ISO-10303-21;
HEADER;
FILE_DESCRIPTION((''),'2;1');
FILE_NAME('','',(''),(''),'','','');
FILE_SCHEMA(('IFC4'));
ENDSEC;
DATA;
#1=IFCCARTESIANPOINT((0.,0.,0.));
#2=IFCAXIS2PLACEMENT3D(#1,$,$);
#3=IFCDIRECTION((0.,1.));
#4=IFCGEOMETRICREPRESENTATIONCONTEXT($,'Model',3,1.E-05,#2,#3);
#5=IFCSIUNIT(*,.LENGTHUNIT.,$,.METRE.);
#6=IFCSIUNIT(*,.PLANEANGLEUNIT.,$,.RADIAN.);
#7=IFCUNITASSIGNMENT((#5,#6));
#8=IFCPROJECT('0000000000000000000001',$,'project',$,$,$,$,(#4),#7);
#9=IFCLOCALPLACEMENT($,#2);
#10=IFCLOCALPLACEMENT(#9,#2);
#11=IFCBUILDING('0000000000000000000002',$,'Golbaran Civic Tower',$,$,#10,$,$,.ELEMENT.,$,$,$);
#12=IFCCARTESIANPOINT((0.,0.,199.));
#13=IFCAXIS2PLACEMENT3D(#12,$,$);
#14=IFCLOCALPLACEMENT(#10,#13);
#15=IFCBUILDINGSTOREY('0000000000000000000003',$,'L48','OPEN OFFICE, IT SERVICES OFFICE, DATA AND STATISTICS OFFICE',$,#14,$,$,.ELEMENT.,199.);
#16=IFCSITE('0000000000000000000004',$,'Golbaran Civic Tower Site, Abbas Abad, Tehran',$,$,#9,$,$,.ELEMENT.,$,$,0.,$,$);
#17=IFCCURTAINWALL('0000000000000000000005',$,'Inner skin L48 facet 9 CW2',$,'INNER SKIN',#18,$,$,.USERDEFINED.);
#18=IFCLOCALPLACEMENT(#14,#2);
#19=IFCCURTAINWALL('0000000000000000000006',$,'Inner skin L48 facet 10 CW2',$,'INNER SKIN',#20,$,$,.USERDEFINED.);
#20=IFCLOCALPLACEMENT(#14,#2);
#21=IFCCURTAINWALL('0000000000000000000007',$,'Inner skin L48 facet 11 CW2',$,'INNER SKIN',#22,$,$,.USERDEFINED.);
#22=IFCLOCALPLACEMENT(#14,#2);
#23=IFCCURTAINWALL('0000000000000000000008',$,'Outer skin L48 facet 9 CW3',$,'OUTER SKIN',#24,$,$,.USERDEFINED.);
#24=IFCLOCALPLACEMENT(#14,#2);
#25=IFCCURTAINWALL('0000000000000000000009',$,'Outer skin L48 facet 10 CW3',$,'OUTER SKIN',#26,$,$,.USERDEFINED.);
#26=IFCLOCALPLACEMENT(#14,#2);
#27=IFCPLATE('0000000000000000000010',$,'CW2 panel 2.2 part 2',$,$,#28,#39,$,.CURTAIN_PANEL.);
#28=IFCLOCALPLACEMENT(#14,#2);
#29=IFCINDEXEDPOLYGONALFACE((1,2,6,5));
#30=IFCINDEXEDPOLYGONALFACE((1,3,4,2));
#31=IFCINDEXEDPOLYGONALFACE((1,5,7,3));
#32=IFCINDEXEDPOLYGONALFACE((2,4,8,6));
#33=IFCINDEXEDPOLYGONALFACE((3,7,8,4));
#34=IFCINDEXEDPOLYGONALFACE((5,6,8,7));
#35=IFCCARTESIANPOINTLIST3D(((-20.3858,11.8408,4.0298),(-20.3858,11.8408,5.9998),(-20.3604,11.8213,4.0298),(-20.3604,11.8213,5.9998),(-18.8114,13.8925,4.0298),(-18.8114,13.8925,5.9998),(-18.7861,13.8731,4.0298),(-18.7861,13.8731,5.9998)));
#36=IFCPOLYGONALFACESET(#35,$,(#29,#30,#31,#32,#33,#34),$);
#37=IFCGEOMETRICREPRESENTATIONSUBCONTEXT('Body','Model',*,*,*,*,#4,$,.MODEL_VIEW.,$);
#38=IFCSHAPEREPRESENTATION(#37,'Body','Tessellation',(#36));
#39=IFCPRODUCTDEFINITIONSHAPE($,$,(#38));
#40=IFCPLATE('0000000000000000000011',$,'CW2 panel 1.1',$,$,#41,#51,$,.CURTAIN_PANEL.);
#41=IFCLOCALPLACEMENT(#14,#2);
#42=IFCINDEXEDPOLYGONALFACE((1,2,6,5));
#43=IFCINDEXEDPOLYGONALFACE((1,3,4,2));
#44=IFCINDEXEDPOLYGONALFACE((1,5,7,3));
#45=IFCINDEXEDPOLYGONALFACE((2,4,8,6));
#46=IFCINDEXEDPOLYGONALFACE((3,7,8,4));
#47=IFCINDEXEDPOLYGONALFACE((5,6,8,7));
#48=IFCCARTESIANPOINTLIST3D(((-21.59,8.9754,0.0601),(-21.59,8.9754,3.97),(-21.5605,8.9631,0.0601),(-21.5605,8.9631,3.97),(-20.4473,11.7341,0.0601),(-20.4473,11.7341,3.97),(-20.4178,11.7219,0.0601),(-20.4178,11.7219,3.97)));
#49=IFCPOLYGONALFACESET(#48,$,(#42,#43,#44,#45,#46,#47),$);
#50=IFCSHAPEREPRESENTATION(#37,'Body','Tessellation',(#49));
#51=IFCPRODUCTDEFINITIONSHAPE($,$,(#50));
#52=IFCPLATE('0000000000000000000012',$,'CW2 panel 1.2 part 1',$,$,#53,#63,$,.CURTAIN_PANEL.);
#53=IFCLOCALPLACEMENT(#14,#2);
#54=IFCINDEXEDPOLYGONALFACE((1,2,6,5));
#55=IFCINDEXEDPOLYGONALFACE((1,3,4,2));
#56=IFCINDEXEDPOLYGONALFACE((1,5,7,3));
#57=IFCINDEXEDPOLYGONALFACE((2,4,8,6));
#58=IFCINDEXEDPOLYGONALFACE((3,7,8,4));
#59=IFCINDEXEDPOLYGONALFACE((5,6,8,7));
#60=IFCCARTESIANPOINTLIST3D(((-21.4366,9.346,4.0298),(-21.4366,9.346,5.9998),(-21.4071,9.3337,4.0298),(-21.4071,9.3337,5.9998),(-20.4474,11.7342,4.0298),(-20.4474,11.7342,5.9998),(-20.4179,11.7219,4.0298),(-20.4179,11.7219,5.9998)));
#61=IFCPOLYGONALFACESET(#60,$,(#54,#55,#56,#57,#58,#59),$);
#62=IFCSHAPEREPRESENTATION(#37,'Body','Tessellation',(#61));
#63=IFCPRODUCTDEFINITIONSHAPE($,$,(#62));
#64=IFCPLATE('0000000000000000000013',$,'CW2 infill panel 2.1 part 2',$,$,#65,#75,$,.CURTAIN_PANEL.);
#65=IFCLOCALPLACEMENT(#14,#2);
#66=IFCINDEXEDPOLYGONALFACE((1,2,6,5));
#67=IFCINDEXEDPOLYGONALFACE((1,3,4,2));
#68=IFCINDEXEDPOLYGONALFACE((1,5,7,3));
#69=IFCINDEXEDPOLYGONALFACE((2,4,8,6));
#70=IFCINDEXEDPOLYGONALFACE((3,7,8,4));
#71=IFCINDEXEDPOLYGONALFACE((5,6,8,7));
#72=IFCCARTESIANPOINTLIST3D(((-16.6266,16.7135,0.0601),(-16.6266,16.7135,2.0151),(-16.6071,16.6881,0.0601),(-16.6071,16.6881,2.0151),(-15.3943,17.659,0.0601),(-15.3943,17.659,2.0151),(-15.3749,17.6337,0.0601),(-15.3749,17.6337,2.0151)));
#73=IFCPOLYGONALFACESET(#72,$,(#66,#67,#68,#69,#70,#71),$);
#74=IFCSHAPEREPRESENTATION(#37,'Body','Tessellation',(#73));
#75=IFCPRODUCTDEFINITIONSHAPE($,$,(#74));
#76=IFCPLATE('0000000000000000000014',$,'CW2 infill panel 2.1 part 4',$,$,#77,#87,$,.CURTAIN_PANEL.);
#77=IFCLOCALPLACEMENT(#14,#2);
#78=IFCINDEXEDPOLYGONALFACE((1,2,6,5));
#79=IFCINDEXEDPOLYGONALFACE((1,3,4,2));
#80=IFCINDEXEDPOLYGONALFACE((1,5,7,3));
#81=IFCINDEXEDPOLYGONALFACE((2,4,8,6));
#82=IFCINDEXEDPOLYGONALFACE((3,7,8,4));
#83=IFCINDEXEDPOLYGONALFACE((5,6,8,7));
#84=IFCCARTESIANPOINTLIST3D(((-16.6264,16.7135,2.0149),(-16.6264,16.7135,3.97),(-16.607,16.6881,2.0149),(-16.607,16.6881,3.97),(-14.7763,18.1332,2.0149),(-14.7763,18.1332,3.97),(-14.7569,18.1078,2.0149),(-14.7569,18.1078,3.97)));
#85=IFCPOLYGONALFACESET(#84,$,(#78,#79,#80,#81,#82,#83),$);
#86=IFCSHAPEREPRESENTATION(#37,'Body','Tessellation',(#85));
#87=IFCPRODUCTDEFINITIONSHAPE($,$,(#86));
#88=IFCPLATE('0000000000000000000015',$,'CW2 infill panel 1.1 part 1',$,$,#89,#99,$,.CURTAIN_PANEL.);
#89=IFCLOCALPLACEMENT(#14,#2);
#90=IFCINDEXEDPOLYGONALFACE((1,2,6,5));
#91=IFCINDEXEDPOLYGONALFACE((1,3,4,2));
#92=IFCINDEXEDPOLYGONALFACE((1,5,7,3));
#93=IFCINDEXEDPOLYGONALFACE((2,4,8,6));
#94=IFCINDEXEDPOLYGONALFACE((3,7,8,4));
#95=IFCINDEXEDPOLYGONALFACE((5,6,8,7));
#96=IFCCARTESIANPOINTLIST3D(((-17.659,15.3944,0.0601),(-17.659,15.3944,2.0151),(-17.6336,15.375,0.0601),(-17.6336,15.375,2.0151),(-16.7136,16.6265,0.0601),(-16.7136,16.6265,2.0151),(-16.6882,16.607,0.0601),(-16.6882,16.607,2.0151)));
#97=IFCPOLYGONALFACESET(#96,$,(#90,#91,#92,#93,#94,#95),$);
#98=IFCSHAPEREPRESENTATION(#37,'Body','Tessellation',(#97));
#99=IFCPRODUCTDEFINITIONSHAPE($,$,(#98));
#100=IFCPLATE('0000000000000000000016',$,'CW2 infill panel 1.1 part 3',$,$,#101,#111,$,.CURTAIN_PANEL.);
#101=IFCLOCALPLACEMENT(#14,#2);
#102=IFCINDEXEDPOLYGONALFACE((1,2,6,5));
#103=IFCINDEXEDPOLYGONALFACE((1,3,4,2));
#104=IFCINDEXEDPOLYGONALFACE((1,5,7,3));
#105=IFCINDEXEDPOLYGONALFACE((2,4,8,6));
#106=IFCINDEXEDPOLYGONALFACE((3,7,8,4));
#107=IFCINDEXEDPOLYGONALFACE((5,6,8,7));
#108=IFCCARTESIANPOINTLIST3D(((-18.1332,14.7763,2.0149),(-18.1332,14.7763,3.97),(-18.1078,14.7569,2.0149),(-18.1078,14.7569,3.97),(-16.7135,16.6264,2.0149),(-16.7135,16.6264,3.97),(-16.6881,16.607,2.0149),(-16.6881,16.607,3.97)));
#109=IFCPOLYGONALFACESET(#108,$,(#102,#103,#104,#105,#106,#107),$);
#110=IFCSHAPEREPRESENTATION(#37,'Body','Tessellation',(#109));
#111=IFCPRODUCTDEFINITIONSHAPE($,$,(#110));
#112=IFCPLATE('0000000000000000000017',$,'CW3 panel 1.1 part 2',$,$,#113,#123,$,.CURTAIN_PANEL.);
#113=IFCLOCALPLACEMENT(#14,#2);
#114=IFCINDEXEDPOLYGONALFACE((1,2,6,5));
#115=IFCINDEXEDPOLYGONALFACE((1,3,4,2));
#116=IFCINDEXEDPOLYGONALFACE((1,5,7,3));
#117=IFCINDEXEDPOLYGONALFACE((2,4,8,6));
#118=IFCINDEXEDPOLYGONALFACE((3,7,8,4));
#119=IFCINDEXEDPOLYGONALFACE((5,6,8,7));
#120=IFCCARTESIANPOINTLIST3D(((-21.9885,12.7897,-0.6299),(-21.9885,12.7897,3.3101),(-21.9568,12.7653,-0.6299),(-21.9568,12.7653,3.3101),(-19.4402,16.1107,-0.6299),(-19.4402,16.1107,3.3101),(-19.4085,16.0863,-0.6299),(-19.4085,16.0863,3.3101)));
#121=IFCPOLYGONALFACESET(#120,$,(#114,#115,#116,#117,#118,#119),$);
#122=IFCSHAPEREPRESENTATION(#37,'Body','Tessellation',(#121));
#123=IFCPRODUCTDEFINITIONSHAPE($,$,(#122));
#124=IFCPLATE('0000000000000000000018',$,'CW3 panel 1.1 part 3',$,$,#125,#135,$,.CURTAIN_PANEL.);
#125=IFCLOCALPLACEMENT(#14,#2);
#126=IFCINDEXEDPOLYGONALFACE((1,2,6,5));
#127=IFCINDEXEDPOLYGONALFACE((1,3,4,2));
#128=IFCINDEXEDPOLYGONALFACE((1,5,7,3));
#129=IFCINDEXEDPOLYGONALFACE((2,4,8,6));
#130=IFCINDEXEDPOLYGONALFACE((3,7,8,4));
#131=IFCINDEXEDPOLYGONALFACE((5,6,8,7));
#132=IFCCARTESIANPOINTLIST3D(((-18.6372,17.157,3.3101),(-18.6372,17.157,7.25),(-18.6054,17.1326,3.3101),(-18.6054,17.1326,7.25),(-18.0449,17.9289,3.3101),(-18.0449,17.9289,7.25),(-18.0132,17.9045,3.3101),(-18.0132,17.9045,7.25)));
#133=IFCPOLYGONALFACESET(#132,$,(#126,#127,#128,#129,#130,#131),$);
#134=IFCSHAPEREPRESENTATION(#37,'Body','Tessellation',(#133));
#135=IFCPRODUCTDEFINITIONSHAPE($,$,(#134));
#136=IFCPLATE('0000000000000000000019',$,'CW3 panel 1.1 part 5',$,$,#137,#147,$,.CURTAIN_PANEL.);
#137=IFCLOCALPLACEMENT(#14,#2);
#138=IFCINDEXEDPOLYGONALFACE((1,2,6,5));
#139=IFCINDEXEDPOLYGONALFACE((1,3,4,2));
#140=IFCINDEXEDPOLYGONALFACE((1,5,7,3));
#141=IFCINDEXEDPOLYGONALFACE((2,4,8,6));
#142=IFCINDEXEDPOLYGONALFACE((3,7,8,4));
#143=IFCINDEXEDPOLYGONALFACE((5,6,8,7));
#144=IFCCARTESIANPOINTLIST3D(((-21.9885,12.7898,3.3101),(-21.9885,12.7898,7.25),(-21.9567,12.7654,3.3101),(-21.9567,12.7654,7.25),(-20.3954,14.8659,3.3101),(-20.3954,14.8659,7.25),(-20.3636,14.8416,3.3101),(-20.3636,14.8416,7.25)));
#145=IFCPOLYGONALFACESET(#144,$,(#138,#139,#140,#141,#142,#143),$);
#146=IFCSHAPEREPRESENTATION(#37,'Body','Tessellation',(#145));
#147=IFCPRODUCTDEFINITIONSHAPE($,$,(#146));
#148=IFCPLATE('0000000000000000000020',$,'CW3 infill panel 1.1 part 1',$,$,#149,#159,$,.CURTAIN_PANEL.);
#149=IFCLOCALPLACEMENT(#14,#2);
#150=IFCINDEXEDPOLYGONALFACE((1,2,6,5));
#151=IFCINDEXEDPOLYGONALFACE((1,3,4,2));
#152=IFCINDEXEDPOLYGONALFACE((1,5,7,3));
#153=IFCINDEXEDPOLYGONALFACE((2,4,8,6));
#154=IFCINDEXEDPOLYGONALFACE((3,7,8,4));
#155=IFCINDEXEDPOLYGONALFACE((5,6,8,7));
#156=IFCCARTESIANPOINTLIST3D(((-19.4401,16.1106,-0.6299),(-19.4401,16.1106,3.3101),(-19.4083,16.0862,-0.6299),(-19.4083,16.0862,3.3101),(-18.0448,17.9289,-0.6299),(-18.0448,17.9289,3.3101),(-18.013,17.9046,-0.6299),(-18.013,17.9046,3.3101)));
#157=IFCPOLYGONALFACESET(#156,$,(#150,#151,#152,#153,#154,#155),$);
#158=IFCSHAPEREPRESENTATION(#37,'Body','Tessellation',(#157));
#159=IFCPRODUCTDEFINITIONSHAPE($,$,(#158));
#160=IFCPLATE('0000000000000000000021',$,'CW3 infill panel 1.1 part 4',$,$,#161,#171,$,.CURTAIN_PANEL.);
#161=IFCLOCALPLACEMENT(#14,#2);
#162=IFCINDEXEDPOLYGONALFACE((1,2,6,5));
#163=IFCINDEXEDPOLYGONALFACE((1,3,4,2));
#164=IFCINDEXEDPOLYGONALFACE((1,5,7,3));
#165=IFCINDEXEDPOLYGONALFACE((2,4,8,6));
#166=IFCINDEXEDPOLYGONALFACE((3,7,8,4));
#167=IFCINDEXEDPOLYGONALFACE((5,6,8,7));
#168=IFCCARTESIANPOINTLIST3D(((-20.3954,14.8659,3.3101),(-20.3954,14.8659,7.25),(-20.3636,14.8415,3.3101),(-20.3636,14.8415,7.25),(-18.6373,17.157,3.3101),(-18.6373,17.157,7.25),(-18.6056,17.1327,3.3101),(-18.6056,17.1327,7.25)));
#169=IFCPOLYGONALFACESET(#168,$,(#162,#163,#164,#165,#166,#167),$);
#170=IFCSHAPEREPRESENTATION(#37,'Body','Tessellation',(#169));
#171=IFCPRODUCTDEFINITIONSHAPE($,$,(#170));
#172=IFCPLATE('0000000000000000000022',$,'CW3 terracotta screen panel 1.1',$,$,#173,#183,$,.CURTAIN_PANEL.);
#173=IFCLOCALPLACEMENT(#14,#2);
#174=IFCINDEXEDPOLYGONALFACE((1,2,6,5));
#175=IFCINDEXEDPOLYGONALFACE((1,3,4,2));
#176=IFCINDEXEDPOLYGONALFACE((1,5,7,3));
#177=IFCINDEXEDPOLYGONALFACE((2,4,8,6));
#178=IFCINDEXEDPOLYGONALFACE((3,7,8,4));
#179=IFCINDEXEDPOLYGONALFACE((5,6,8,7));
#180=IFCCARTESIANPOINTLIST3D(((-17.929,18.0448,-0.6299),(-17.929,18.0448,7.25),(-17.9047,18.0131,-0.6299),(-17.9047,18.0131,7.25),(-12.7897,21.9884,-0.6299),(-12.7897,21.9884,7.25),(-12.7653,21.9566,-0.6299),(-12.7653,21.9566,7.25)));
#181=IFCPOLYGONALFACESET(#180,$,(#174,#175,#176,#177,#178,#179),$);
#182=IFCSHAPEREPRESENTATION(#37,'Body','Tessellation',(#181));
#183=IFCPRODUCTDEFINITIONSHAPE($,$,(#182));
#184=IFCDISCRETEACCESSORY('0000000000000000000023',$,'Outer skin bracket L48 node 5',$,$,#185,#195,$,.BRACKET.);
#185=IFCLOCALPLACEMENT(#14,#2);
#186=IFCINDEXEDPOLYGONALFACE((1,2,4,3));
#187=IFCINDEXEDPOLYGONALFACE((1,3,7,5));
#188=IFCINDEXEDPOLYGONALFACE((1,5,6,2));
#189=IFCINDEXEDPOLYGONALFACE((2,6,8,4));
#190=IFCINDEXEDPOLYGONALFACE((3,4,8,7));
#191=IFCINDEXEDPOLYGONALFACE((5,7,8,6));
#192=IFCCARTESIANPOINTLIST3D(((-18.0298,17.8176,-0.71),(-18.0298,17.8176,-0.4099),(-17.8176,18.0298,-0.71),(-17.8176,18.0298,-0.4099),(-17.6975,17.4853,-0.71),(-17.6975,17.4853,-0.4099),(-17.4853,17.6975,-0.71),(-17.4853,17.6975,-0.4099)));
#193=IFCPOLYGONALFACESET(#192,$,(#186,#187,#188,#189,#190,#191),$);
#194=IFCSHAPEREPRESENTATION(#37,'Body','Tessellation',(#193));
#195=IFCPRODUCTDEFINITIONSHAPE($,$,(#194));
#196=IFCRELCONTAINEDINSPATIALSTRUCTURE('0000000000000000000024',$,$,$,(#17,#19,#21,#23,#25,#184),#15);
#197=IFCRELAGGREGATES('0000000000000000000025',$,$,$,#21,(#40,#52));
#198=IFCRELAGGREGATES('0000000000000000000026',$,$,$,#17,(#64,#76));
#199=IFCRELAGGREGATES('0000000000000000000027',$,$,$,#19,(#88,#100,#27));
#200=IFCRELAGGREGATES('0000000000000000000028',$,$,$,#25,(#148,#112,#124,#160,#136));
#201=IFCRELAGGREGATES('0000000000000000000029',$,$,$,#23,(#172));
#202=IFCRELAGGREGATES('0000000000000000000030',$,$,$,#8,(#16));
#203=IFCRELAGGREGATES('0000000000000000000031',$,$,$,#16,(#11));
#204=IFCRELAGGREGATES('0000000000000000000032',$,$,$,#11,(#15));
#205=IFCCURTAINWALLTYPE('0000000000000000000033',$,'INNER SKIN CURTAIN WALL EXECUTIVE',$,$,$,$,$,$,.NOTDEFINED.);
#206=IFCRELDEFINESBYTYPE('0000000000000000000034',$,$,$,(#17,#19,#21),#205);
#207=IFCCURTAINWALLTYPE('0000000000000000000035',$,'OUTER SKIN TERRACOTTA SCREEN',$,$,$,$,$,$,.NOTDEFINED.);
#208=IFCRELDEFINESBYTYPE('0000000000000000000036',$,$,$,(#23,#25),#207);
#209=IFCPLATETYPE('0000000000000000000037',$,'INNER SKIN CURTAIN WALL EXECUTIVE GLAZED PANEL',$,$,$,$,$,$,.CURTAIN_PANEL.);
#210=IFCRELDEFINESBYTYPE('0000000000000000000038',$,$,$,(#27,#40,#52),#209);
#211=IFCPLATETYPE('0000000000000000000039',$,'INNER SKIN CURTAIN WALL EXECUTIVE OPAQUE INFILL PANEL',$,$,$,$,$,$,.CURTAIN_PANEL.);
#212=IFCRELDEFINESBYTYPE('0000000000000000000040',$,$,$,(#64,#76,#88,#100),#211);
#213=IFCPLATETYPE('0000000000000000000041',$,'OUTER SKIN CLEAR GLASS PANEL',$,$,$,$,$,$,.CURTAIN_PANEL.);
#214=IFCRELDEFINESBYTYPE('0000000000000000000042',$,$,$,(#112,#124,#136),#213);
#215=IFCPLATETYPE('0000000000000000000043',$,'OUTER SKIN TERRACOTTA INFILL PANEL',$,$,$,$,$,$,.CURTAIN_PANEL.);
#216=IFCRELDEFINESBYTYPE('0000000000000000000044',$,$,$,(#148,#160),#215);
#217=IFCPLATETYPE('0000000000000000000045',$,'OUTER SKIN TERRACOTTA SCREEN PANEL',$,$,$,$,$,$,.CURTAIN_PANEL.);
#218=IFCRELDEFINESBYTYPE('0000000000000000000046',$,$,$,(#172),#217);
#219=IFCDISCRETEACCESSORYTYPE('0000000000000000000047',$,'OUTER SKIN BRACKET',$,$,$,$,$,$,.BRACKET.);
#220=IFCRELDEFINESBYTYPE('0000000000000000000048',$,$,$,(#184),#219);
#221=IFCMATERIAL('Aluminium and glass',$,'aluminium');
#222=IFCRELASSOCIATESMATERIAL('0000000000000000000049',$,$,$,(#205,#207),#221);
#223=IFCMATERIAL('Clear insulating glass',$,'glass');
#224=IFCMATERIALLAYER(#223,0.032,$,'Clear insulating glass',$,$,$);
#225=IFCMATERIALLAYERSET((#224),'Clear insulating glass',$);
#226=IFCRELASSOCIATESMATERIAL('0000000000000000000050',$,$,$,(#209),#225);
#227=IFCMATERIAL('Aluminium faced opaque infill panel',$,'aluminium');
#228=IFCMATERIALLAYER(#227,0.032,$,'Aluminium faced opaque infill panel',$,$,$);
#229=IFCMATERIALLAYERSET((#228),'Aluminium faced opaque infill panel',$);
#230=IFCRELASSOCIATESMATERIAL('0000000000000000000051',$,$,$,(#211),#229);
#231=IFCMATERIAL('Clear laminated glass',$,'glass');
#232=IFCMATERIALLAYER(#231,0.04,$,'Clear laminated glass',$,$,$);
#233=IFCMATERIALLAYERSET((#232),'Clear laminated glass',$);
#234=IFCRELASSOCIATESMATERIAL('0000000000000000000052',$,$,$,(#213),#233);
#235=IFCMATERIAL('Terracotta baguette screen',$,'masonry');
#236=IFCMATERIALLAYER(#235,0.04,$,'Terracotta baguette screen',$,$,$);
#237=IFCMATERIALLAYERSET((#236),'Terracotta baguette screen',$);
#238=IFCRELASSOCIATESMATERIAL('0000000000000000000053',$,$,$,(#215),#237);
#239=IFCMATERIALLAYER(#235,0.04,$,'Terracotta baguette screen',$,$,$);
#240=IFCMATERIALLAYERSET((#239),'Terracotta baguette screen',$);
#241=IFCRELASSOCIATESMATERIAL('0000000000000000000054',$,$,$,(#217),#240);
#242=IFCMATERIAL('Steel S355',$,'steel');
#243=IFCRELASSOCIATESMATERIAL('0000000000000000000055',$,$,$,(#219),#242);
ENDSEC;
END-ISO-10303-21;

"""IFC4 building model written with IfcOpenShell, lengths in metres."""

from ifc_helpers import new_model, si_unit, direction, frame, origin, origin_2d, place, context, subcontext, project, spatial, rectangle, extrude, material, layer, layer_set, type_object, element, aggregate, save


model = new_model("IFC4")

# Units and contexts
model_context = context("Model", 3, precision=1e-05, world=origin(), true_north=direction((0.0, 1.0)))
body_context = subcontext(model_context, "Body", "Model", "MODEL_VIEW")
ifc_project = project(units=[si_unit("LENGTHUNIT", "METRE"), si_unit("PLANEANGLEUNIT", "RADIAN")], contexts=[model_context])

# Site, building, storey
site_placement = place(None, origin())
site = spatial("IfcSite", under=ifc_project, at=site_placement, Name="Golbaran Civic Tower Site, Abbas Abad, Tehran", CompositionType="ELEMENT", RefElevation=0.0)
building_placement = place(site_placement, origin())
building = spatial("IfcBuilding", under=site, at=building_placement, Name="Golbaran Civic Tower", CompositionType="ELEMENT")
storey_placement = place(building_placement, frame((0.0, 0.0, 199.0)))
storey = spatial("IfcBuildingStorey", under=building, at=storey_placement, Name="L48", Description="OPEN OFFICE, IT SERVICES OFFICE, DATA AND STATISTICS OFFICE", CompositionType="ELEMENT", Elevation=199.0)

# Shared definitions
ifc_material_1 = material(Name="Steel S355", Category="steel")

# Curtain wall
ifc_material_2 = material(Name="Aluminium and glass", Category="aluminium")
curtain_wall_type_1 = type_object("IfcCurtainWallType", Name="INNER SKIN CURTAIN WALL EXECUTIVE", PredefinedType="NOTDEFINED", material=ifc_material_2)
curtain_wall_1_placement = place(storey_placement, origin())
curtain_wall_1 = element("IfcCurtainWall", 1, at=curtain_wall_1_placement, inside=storey, type_object=curtain_wall_type_1, Name="Inner skin L48 facet 9 CW2", ObjectType="INNER SKIN", PredefinedType="USERDEFINED")

# Curtain wall
curtain_wall_2_placement = place(storey_placement, origin())
curtain_wall_2 = element("IfcCurtainWall", 2, at=curtain_wall_2_placement, inside=storey, type_object=curtain_wall_type_1, Name="Inner skin L48 facet 10 CW2", ObjectType="INNER SKIN", PredefinedType="USERDEFINED")

# Curtain wall
curtain_wall_3_placement = place(storey_placement, origin())
curtain_wall_3 = element("IfcCurtainWall", 3, at=curtain_wall_3_placement, inside=storey, type_object=curtain_wall_type_1, Name="Inner skin L48 facet 11 CW2", ObjectType="INNER SKIN", PredefinedType="USERDEFINED")

# Curtain wall
curtain_wall_type_2 = type_object("IfcCurtainWallType", Name="OUTER SKIN TERRACOTTA SCREEN", PredefinedType="NOTDEFINED", material=ifc_material_2)
curtain_wall_4_placement = place(storey_placement, origin())
curtain_wall_4 = element("IfcCurtainWall", 4, at=curtain_wall_4_placement, inside=storey, type_object=curtain_wall_type_2, Name="Outer skin L48 facet 9 CW3", ObjectType="OUTER SKIN", PredefinedType="USERDEFINED")

# Curtain wall
curtain_wall_5_placement = place(storey_placement, origin())
curtain_wall_5 = element("IfcCurtainWall", 5, at=curtain_wall_5_placement, inside=storey, type_object=curtain_wall_type_2, Name="Outer skin L48 facet 10 CW3", ObjectType="OUTER SKIN", PredefinedType="USERDEFINED")

# Plates
ifc_material_3 = material(Name="Clear insulating glass", Category="glass")
ifc_layer_1 = layer(ifc_material_3, 0.032, Name="Clear insulating glass")
ifc_layer_set_1 = layer_set([ifc_layer_1], Name="Clear insulating glass")
plate_type_1 = type_object("IfcPlateType", Name="INNER SKIN CURTAIN WALL EXECUTIVE GLAZED PANEL", PredefinedType="CURTAIN_PANEL", material=ifc_layer_set_1)
plate_1_placement = place(storey_placement, frame((-19.5859, 12.8569, 4.0298), z_axis=(0.0, 0.0, 1.0), x_axis=(-0.608761, -0.793353, 0.0)))
plate_1 = element("IfcPlate", 6, at=plate_1_placement, type_object=plate_type_1, Name="CW2 panel 2.2 part 2", PredefinedType="CURTAIN_PANEL", context=body_context, shape_type="SweptSolid", body=[
    extrude(rectangle(XDim=2.5862, YDim=0.032, at=origin_2d()), origin(), (0.0, 0.0, 1.0), 1.97),
])
plate_2_placement = place(storey_placement, frame((-21.0039, 10.3486, 0.0601), z_axis=(0.0, 0.0, 1.0), x_axis=(-0.382683, -0.92388, 0.0)))
plate_2 = element("IfcPlate", 7, at=plate_2_placement, type_object=plate_type_1, Name="CW2 panel 1.1", PredefinedType="CURTAIN_PANEL", context=body_context, shape_type="SweptSolid", body=[
    extrude(rectangle(XDim=2.9861, YDim=0.032, at=origin_2d()), origin(), (0.0, 0.0, 1.0), 3.9099),
])
plate_3_placement = place(storey_placement, frame((-20.9272, 10.5339, 4.0298), z_axis=(0.0, 0.0, 1.0), x_axis=(-0.382683, -0.92388, 0.0)))
plate_3 = element("IfcPlate", 8, at=plate_3_placement, type_object=plate_type_1, Name="CW2 panel 1.2 part 1", PredefinedType="CURTAIN_PANEL", context=body_context, shape_type="SweptSolid", body=[
    extrude(rectangle(XDim=2.585, YDim=0.032, at=origin_2d()), origin(), (0.0, 0.0, 1.0), 1.97),
])
aggregate(curtain_wall_3, [plate_2, plate_3])
ifc_material_4 = material(Name="Aluminium faced opaque infill panel", Category="aluminium")
ifc_layer_2 = layer(ifc_material_4, 0.032, Name="Aluminium faced opaque infill panel")
ifc_layer_set_2 = layer_set([ifc_layer_2], Name="Aluminium faced opaque infill panel")
plate_type_2 = type_object("IfcPlateType", Name="INNER SKIN CURTAIN WALL EXECUTIVE OPAQUE INFILL PANEL", PredefinedType="CURTAIN_PANEL", material=ifc_layer_set_2)
plate_4_placement = place(storey_placement, frame((-16.0007, 17.1736, 0.0601), z_axis=(0.0, 0.0, 1.0), x_axis=(-0.793353, -0.608761, 0.0)))
plate_4 = element("IfcPlate", 9, at=plate_4_placement, type_object=plate_type_2, Name="CW2 infill panel 2.1 part 2", PredefinedType="CURTAIN_PANEL", context=body_context, shape_type="SweptSolid", body=[
    extrude(rectangle(XDim=1.5532, YDim=0.032, at=origin_2d()), origin(), (0.0, 0.0, 1.0), 1.9551),
])
plate_5_placement = place(storey_placement, frame((-15.6917, 17.4106, 2.0149), z_axis=(0.0, 0.0, 1.0), x_axis=(-0.793353, -0.608761, 0.0)))
plate_5 = element("IfcPlate", 10, at=plate_5_placement, type_object=plate_type_2, Name="CW2 infill panel 2.1 part 4", PredefinedType="CURTAIN_PANEL", context=body_context, shape_type="SweptSolid", body=[
    extrude(rectangle(XDim=2.332, YDim=0.032, at=origin_2d()), origin(), (0.0, 0.0, 1.0), 1.9551),
])
aggregate(curtain_wall_1, [plate_4, plate_5])
plate_6_placement = place(storey_placement, frame((-17.1736, 16.0007, 0.0601), z_axis=(0.0, 0.0, 1.0), x_axis=(-0.608761, -0.793353, 0.0)))
plate_6 = element("IfcPlate", 11, at=plate_6_placement, type_object=plate_type_2, Name="CW2 infill panel 1.1 part 1", PredefinedType="CURTAIN_PANEL", context=body_context, shape_type="SweptSolid", body=[
    extrude(rectangle(XDim=1.553, YDim=0.032, at=origin_2d()), origin(), (0.0, 0.0, 1.0), 1.9551),
])
plate_7_placement = place(storey_placement, frame((-17.4106, 15.6917, 2.0149), z_axis=(0.0, 0.0, 1.0), x_axis=(-0.608761, -0.793353, 0.0)))
plate_7 = element("IfcPlate", 12, at=plate_7_placement, type_object=plate_type_2, Name="CW2 infill panel 1.1 part 3", PredefinedType="CURTAIN_PANEL", context=body_context, shape_type="SweptSolid", body=[
    extrude(rectangle(XDim=2.332, YDim=0.032, at=origin_2d()), origin(), (0.0, 0.0, 1.0), 1.9551),
])
aggregate(curtain_wall_2, [plate_6, plate_7, plate_1])
ifc_material_5 = material(Name="Clear laminated glass", Category="glass")
ifc_layer_3 = layer(ifc_material_5, 0.04, Name="Clear laminated glass")
ifc_layer_set_3 = layer_set([ifc_layer_3], Name="Clear laminated glass")
plate_type_3 = type_object("IfcPlateType", Name="OUTER SKIN CLEAR GLASS PANEL", PredefinedType="CURTAIN_PANEL", material=ifc_layer_set_3)
plate_8_placement = place(storey_placement, frame((-20.6985, 14.438, -0.6299), z_axis=(0.0, 0.0, 1.0), x_axis=(-0.608761, -0.793353, 0.0)))
plate_8 = element("IfcPlate", 13, at=plate_8_placement, type_object=plate_type_3, Name="CW3 panel 1.1 part 2", PredefinedType="CURTAIN_PANEL", context=body_context, shape_type="SweptSolid", body=[
    extrude(rectangle(XDim=4.186, YDim=0.04, at=origin_2d()), origin(), (0.0, 0.0, 1.0), 3.9399),
])
plate_9_placement = place(storey_placement, frame((-18.3252, 17.5308, 3.3101), z_axis=(0.0, 0.0, 1.0), x_axis=(-0.608761, -0.793353, 0.0)))
plate_9 = element("IfcPlate", 14, at=plate_9_placement, type_object=plate_type_3, Name="CW3 panel 1.1 part 3", PredefinedType="CURTAIN_PANEL", context=body_context, shape_type="SweptSolid", body=[
    extrude(rectangle(XDim=0.9729, YDim=0.04, at=origin_2d()), origin(), (0.0, 0.0, 1.0), 3.9399),
])
plate_10_placement = place(storey_placement, frame((-21.176, 13.8157, 3.3101), z_axis=(0.0, 0.0, 1.0), x_axis=(-0.608761, -0.793353, 0.0)))
plate_10 = element("IfcPlate", 15, at=plate_10_placement, type_object=plate_type_3, Name="CW3 panel 1.1 part 5", PredefinedType="CURTAIN_PANEL", context=body_context, shape_type="SweptSolid", body=[
    extrude(rectangle(XDim=2.6169, YDim=0.04, at=origin_2d()), origin(), (0.0, 0.0, 1.0), 3.9399),
])
ifc_material_6 = material(Name="Terracotta baguette screen", Category="masonry")
ifc_layer_4 = layer(ifc_material_6, 0.04, Name="Terracotta baguette screen")
ifc_layer_set_4 = layer_set([ifc_layer_4], Name="Terracotta baguette screen")
plate_type_4 = type_object("IfcPlateType", Name="OUTER SKIN TERRACOTTA INFILL PANEL", PredefinedType="CURTAIN_PANEL", material=ifc_layer_set_4)
plate_11_placement = place(storey_placement, frame((-18.7266, 17.0076, -0.6299), z_axis=(0.0, 0.0, 1.0), x_axis=(-0.608761, -0.793353, 0.0)))
plate_11 = element("IfcPlate", 16, at=plate_11_placement, type_object=plate_type_4, Name="CW3 infill panel 1.1 part 1", PredefinedType="CURTAIN_PANEL", context=body_context, shape_type="SweptSolid", body=[
    extrude(rectangle(XDim=2.292, YDim=0.04, at=origin_2d()), origin(), (0.0, 0.0, 1.0), 3.9399),
])
plate_12_placement = place(storey_placement, frame((-19.5005, 15.9993, 3.3101), z_axis=(0.0, 0.0, 1.0), x_axis=(-0.608761, -0.793353, 0.0)))
plate_12 = element("IfcPlate", 17, at=plate_12_placement, type_object=plate_type_4, Name="CW3 infill panel 1.1 part 4", PredefinedType="CURTAIN_PANEL", context=body_context, shape_type="SweptSolid", body=[
    extrude(rectangle(XDim=2.8879, YDim=0.04, at=origin_2d()), origin(), (0.0, 0.0, 1.0), 3.9399),
])
aggregate(curtain_wall_5, [plate_11, plate_8, plate_9, plate_12, plate_10])
ifc_layer_5 = layer(ifc_material_6, 0.04, Name="Terracotta baguette screen")
ifc_layer_set_5 = layer_set([ifc_layer_5], Name="Terracotta baguette screen")
plate_type_5 = type_object("IfcPlateType", Name="OUTER SKIN TERRACOTTA SCREEN PANEL", PredefinedType="CURTAIN_PANEL", material=ifc_layer_set_5)
plate_13_placement = place(storey_placement, frame((-15.3472, 20.0007, -0.6299), z_axis=(0.0, 0.0, 1.0), x_axis=(-0.793353, -0.608761, 0.0)))
plate_13 = element("IfcPlate", 18, at=plate_13_placement, type_object=plate_type_5, Name="CW3 terracotta screen panel 1.1", PredefinedType="CURTAIN_PANEL", context=body_context, shape_type="SweptSolid", body=[
    extrude(rectangle(XDim=6.478, YDim=0.04, at=origin_2d()), origin(), (0.0, 0.0, 1.0), 7.8799),
])
aggregate(curtain_wall_4, [plate_13])

# Discrete accessory
discrete_accessory_type = type_object("IfcDiscreteAccessoryType", Name="OUTER SKIN BRACKET", PredefinedType="BRACKET", material=ifc_material_1)
discrete_accessory_placement = place(storey_placement, frame((-17.7576, 17.7576, -0.71), z_axis=(0.0, 0.0, 1.0), x_axis=(-0.707107, 0.707107, 0.0)))
element("IfcDiscreteAccessory", 19, at=discrete_accessory_placement, inside=storey, type_object=discrete_accessory_type, Name="Outer skin bracket L48 node 5", PredefinedType="BRACKET", context=body_context, shape_type="SweptSolid", body=[
    extrude(rectangle(XDim=0.47, YDim=0.3, at=origin_2d()), origin(), (0.0, 0.0, 1.0), 0.3),
])

save(model, "model.ifc")
